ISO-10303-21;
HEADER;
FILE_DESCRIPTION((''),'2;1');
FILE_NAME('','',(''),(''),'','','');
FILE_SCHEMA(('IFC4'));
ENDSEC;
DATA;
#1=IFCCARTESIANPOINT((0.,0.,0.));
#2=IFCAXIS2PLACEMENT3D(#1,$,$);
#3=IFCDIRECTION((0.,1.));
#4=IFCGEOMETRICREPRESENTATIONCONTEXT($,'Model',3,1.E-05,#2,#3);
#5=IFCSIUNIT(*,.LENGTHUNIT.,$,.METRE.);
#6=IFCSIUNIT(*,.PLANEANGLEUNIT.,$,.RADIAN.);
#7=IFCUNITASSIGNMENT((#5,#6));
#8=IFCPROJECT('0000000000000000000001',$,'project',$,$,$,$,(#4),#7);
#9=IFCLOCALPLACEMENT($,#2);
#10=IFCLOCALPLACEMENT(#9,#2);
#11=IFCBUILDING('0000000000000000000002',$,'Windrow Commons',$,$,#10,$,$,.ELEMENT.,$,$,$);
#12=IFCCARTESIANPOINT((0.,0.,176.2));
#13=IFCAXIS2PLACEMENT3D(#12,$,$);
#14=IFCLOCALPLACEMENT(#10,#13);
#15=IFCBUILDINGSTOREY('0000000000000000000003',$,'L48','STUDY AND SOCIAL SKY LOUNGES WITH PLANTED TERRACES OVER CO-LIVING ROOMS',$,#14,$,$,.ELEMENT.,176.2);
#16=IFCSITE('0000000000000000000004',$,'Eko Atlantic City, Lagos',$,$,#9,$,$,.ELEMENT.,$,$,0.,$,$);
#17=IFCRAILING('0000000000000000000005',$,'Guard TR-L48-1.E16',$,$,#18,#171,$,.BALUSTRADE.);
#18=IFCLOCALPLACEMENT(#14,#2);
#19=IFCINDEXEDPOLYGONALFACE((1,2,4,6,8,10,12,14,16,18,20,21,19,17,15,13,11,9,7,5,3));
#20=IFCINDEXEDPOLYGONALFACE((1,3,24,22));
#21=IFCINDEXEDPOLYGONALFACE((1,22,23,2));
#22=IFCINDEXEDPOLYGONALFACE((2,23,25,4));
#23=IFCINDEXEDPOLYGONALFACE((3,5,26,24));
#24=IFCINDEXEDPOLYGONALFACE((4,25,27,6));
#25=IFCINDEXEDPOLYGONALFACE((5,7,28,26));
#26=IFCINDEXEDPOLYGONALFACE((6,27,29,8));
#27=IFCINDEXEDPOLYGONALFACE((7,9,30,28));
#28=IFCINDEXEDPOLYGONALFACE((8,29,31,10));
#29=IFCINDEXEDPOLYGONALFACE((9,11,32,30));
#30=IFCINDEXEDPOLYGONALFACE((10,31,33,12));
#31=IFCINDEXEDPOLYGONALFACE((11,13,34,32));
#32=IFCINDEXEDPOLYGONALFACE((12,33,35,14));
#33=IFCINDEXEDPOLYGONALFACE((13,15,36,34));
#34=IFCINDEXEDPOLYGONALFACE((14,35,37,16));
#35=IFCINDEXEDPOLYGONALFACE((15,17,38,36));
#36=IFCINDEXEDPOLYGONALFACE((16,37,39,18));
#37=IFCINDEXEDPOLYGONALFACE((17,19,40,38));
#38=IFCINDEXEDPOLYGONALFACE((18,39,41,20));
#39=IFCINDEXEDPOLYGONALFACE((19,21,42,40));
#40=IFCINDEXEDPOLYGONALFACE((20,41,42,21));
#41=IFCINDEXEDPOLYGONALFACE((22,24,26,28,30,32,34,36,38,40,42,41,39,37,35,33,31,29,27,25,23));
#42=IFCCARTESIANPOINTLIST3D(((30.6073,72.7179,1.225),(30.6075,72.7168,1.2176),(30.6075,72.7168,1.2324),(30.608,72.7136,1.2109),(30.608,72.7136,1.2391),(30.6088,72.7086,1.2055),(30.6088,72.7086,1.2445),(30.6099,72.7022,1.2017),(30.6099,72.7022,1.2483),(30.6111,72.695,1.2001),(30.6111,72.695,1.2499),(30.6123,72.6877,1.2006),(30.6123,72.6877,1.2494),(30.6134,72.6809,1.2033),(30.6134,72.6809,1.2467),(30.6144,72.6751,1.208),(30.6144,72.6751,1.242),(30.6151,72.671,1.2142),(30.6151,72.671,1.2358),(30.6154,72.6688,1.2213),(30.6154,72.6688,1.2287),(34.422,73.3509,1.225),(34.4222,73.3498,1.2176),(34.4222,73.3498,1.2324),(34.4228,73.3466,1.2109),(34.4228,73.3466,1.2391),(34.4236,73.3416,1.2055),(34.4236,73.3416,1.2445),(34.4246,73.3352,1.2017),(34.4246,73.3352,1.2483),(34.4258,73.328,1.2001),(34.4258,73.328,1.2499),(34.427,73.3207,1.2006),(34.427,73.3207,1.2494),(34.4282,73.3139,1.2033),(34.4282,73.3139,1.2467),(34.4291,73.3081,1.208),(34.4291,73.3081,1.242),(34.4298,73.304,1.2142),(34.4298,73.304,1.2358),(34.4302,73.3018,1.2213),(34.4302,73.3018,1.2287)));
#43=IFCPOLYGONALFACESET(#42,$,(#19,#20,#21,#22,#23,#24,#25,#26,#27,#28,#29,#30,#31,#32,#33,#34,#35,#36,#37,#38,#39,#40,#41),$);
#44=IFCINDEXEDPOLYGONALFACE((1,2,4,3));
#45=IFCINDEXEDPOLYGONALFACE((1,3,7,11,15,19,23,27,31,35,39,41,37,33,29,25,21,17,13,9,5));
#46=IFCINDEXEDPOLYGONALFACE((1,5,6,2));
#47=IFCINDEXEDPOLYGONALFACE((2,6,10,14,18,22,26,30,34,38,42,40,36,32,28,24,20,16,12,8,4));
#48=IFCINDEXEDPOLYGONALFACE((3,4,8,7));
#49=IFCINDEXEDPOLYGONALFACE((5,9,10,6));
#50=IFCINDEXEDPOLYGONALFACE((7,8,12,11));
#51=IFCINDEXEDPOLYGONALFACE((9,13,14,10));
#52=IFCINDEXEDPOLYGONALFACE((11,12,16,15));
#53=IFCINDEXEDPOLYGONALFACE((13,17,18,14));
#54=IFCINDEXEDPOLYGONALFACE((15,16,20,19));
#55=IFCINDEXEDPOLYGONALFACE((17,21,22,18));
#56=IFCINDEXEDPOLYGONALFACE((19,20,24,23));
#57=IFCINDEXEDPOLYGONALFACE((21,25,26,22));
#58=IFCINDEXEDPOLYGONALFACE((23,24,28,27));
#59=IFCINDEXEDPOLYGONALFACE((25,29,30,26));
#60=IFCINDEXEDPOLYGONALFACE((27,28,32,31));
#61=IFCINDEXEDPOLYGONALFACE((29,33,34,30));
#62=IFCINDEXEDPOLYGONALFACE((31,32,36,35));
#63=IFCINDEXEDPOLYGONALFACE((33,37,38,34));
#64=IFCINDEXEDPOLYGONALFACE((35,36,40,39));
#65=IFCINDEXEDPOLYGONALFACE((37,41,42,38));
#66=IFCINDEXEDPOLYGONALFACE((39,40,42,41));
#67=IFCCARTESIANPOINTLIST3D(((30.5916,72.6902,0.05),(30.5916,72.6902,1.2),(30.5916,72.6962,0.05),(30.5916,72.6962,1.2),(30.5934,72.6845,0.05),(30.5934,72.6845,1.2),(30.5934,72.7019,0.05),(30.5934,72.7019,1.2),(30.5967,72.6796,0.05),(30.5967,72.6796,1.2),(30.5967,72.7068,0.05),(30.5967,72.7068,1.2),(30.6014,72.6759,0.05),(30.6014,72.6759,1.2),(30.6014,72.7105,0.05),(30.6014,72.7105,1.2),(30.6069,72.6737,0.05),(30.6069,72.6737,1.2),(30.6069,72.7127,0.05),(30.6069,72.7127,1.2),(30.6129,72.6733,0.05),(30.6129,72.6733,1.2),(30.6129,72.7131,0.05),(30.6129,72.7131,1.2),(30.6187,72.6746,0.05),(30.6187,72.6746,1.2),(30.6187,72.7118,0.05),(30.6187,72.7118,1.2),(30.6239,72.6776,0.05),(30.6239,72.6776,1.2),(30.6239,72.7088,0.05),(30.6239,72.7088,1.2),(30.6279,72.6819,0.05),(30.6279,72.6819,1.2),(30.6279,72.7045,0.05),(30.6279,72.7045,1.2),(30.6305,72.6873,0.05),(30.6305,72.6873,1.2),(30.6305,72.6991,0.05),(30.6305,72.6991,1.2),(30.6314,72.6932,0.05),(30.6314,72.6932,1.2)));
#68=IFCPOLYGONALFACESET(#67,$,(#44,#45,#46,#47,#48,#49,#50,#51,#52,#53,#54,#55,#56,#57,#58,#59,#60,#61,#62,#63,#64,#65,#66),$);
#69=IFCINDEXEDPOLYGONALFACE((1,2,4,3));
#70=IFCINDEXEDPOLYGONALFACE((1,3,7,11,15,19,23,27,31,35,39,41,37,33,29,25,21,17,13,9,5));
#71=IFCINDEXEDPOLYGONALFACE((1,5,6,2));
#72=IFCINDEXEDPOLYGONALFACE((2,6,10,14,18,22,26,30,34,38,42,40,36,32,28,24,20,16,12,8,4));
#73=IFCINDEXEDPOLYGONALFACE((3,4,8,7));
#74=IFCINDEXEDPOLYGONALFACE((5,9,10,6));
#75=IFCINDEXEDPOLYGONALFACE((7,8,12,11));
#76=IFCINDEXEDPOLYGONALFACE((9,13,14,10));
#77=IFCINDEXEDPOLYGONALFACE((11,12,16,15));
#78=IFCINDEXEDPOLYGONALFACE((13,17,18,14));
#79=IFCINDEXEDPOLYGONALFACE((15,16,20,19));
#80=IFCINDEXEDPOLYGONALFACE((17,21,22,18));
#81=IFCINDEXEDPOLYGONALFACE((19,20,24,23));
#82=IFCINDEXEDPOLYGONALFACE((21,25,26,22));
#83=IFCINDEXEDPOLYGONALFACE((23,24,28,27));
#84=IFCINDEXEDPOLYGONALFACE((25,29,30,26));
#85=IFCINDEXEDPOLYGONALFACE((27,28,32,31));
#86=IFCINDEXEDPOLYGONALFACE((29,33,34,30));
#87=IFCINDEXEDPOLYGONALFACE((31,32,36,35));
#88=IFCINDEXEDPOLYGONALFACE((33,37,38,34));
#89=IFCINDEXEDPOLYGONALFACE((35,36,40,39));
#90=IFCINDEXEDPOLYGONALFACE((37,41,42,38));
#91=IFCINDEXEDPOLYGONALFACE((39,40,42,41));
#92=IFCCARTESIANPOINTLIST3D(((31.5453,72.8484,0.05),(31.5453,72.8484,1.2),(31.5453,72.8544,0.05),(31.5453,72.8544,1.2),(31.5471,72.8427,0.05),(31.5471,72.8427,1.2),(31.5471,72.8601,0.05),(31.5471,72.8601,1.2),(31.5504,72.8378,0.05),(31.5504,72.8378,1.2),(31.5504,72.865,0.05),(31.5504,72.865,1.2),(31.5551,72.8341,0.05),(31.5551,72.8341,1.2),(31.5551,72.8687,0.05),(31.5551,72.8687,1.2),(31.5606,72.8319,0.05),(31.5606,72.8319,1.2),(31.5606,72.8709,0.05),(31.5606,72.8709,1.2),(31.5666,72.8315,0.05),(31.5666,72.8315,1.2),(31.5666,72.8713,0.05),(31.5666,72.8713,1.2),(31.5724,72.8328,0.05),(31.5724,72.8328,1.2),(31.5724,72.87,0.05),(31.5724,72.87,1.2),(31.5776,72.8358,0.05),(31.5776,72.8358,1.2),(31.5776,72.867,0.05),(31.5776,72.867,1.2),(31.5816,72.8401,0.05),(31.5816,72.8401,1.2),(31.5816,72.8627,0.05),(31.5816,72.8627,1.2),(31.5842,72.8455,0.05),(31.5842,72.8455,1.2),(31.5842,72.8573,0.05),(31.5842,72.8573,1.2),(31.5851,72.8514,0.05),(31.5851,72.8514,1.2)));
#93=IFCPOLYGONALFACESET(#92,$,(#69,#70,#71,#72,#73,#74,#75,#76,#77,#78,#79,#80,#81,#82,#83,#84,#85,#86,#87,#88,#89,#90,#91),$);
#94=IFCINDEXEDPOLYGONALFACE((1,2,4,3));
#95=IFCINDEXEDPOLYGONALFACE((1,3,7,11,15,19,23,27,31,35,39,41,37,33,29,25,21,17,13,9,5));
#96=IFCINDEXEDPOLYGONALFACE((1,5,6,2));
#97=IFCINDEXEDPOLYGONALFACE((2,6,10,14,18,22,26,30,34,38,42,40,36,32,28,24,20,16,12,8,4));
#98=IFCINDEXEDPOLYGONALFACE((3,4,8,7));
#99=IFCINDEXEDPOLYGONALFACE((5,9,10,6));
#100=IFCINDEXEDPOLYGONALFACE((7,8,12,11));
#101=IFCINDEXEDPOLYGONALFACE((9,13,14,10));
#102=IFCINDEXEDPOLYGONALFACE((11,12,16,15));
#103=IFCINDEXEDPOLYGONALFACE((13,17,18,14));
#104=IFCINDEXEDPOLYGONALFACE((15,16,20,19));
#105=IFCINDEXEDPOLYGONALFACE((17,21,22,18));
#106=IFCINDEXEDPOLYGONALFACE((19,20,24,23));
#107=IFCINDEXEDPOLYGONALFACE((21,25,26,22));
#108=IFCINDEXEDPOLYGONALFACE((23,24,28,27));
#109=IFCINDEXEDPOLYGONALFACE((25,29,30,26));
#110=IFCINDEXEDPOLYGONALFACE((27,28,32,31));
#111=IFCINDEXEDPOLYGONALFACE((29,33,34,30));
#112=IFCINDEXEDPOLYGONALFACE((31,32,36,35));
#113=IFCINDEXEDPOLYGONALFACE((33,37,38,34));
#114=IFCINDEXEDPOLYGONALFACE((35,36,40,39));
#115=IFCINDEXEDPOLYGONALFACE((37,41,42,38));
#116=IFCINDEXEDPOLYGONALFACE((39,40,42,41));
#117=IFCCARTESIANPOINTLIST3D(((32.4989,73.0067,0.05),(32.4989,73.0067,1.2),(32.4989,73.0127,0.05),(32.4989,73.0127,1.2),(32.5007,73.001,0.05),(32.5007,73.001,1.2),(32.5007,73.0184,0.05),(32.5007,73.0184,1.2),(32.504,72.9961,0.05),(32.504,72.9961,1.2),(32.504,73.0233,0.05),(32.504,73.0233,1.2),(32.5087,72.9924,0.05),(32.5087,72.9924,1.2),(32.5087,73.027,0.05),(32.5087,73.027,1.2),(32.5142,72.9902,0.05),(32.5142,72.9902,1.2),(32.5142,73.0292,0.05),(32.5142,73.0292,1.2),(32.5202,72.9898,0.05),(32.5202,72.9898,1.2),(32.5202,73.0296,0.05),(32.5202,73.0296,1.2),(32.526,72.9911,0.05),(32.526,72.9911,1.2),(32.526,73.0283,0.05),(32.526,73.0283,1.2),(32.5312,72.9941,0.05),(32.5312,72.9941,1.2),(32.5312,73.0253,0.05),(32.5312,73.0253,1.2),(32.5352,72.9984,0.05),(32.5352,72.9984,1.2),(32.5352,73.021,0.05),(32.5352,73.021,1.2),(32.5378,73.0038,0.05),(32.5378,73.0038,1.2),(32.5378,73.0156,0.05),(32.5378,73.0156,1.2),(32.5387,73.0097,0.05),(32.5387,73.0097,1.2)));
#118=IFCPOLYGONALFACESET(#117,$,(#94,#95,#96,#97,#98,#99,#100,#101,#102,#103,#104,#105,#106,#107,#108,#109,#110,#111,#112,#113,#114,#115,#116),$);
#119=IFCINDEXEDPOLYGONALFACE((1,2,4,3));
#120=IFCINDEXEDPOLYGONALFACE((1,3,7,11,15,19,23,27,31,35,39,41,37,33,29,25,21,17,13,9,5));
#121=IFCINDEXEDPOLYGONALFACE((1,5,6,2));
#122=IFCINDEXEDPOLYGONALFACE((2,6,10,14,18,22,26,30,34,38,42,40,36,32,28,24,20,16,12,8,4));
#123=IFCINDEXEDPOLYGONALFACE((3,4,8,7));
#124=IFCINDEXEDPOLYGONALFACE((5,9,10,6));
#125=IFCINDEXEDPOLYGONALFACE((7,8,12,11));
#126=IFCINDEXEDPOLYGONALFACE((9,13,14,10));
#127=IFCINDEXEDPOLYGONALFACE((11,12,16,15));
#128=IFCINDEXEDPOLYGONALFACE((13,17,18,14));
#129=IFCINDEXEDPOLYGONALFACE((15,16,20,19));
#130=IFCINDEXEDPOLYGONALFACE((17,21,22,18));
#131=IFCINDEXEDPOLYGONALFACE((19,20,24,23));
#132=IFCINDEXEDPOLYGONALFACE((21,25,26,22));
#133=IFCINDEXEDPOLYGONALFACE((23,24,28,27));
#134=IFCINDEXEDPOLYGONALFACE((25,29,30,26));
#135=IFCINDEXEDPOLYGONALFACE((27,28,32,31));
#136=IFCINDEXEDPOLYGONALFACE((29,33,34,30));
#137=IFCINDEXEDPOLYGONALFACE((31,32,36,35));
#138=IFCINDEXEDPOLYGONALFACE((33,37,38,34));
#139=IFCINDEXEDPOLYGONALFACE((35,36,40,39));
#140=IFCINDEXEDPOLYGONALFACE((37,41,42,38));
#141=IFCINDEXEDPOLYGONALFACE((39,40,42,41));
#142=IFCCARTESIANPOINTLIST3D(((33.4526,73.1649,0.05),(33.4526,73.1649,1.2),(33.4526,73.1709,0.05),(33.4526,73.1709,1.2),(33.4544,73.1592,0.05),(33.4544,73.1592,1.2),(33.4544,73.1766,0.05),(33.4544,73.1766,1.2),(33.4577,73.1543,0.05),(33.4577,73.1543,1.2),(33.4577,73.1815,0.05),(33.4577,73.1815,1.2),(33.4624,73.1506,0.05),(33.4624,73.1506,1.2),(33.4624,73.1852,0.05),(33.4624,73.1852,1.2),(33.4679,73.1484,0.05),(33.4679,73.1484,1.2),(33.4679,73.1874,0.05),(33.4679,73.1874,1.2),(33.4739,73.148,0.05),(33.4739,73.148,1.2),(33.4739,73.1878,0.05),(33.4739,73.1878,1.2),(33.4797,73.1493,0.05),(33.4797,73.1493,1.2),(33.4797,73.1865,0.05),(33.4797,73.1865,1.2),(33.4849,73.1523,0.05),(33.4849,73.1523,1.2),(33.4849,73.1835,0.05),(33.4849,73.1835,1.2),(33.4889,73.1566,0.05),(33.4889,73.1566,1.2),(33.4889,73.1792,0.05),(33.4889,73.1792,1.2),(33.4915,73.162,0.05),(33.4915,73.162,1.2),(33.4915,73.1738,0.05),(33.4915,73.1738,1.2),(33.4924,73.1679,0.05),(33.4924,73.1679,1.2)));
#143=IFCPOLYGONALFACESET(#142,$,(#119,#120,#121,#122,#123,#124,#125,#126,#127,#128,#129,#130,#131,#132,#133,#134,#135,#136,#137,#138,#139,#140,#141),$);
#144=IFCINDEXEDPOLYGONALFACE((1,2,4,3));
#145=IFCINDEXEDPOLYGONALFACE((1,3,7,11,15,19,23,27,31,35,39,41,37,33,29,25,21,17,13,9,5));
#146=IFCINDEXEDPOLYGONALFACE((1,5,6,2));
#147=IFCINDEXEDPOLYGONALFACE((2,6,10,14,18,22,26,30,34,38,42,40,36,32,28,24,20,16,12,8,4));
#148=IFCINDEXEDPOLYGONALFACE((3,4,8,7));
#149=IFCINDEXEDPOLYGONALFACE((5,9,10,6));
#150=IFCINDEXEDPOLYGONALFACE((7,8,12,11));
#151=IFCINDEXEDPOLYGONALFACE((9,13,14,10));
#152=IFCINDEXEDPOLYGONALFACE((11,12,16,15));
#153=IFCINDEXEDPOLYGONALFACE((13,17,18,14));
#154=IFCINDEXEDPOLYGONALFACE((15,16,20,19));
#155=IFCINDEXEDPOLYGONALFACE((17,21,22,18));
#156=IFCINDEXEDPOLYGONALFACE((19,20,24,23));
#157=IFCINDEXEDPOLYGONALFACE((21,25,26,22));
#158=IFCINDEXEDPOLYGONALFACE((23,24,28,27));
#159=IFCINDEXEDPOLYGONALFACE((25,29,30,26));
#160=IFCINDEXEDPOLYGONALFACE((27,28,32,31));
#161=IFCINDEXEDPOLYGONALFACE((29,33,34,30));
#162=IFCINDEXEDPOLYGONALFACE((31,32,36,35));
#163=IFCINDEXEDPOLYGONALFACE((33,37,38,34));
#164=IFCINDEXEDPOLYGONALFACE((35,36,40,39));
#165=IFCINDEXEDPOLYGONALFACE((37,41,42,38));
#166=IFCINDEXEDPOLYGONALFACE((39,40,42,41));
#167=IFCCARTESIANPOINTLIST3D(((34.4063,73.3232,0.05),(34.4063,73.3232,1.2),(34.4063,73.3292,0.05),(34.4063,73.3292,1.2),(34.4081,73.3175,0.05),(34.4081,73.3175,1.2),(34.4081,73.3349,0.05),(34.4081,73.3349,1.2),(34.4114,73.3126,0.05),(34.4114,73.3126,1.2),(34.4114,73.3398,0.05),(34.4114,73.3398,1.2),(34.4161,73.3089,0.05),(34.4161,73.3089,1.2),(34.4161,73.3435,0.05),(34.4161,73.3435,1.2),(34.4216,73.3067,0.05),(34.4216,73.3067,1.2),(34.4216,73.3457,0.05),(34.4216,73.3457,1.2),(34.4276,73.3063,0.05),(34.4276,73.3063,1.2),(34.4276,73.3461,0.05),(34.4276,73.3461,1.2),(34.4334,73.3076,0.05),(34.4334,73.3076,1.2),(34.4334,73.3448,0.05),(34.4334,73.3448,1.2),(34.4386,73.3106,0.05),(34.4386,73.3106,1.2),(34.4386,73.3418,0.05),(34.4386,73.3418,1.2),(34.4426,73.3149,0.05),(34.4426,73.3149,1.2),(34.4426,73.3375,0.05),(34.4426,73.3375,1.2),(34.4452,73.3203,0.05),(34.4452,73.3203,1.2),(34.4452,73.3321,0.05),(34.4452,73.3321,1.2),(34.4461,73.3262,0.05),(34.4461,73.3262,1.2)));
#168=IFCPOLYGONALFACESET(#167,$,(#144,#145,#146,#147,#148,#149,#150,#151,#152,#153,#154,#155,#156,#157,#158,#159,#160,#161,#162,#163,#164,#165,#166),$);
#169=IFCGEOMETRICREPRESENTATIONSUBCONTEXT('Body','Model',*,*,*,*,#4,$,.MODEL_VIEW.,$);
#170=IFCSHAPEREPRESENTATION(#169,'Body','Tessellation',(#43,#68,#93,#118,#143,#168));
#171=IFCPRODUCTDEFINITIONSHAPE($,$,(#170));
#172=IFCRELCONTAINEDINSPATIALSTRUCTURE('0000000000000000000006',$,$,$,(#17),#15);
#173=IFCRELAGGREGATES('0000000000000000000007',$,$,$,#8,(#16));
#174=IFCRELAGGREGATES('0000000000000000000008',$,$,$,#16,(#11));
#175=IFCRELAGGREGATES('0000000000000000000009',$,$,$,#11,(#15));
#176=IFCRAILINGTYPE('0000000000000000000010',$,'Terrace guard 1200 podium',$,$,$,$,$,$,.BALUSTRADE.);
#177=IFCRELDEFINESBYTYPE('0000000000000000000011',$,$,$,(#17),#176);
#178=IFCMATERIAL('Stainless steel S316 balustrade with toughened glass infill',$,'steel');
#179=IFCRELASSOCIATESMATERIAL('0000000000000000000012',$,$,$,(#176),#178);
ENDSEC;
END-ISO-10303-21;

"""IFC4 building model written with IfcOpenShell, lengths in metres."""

from ifc_helpers import new_model, si_unit, direction, frame, origin, origin_2d, place, context, subcontext, project, spatial, circle, extrude, material, type_object, element, save


model = new_model("IFC4")

# Units and contexts
model_context = context("Model", 3, precision=1e-05, world=origin(), true_north=direction((0.0, 1.0)))
body_context = subcontext(model_context, "Body", "Model", "MODEL_VIEW")
ifc_project = project(units=[si_unit("LENGTHUNIT", "METRE"), si_unit("PLANEANGLEUNIT", "RADIAN")], contexts=[model_context])

# Site, building, storey
site_placement = place(None, origin())
site = spatial("IfcSite", under=ifc_project, at=site_placement, Name="Eko Atlantic City, Lagos", CompositionType="ELEMENT", RefElevation=0.0)
building_placement = place(site_placement, origin())
building = spatial("IfcBuilding", under=site, at=building_placement, Name="Windrow Commons", CompositionType="ELEMENT")
storey_placement = place(building_placement, frame((0.0, 0.0, 176.2)))
storey = spatial("IfcBuildingStorey", under=building, at=storey_placement, Name="L48", Description="STUDY AND SOCIAL SKY LOUNGES WITH PLANTED TERRACES OVER CO-LIVING ROOMS", CompositionType="ELEMENT", Elevation=176.2)

# Railing
ifc_material_1 = material(Name="Stainless steel S316 balustrade with toughened glass infill", Category="steel")
railing_type = type_object("IfcRailingType", Name="Terrace guard 1200 podium", PredefinedType="BALUSTRADE", material=ifc_material_1)
railing_1_placement = place(storey_placement, frame((30.6114, 72.6932, 0.05)))
element("IfcRailing", 1, at=railing_1_placement, inside=storey, type_object=railing_type, Name="Guard TR-L48-1.E16", PredefinedType="BALUSTRADE", context=body_context, shape_type="SweptSolid", body=[
    extrude(circle(Radius=0.025, at=origin_2d()), frame((0.0, 0.0, 1.175), z_axis=(0.98651, 0.163699, 0.0), x_axis=(-0.163699, 0.98651, 0.0)), (0.0, 0.0, 1.0), 3.8669),
    extrude(circle(Radius=0.02, at=origin_2d()), origin(), (0.0, 0.0, 1.0), 1.15),
    extrude(circle(Radius=0.02, at=origin_2d()), frame((0.9537, 0.1582, 0.0)), (0.0, 0.0, 1.0), 1.15),
    extrude(circle(Radius=0.02, at=origin_2d()), frame((1.9073, 0.3165, 0.0)), (0.0, 0.0, 1.0), 1.15),
    extrude(circle(Radius=0.02, at=origin_2d()), frame((2.861, 0.4747, 0.0)), (0.0, 0.0, 1.0), 1.15),
    extrude(circle(Radius=0.02, at=origin_2d()), frame((3.8147, 0.633, 0.0)), (0.0, 0.0, 1.0), 1.15),
])

save(model, "model.ifc")
